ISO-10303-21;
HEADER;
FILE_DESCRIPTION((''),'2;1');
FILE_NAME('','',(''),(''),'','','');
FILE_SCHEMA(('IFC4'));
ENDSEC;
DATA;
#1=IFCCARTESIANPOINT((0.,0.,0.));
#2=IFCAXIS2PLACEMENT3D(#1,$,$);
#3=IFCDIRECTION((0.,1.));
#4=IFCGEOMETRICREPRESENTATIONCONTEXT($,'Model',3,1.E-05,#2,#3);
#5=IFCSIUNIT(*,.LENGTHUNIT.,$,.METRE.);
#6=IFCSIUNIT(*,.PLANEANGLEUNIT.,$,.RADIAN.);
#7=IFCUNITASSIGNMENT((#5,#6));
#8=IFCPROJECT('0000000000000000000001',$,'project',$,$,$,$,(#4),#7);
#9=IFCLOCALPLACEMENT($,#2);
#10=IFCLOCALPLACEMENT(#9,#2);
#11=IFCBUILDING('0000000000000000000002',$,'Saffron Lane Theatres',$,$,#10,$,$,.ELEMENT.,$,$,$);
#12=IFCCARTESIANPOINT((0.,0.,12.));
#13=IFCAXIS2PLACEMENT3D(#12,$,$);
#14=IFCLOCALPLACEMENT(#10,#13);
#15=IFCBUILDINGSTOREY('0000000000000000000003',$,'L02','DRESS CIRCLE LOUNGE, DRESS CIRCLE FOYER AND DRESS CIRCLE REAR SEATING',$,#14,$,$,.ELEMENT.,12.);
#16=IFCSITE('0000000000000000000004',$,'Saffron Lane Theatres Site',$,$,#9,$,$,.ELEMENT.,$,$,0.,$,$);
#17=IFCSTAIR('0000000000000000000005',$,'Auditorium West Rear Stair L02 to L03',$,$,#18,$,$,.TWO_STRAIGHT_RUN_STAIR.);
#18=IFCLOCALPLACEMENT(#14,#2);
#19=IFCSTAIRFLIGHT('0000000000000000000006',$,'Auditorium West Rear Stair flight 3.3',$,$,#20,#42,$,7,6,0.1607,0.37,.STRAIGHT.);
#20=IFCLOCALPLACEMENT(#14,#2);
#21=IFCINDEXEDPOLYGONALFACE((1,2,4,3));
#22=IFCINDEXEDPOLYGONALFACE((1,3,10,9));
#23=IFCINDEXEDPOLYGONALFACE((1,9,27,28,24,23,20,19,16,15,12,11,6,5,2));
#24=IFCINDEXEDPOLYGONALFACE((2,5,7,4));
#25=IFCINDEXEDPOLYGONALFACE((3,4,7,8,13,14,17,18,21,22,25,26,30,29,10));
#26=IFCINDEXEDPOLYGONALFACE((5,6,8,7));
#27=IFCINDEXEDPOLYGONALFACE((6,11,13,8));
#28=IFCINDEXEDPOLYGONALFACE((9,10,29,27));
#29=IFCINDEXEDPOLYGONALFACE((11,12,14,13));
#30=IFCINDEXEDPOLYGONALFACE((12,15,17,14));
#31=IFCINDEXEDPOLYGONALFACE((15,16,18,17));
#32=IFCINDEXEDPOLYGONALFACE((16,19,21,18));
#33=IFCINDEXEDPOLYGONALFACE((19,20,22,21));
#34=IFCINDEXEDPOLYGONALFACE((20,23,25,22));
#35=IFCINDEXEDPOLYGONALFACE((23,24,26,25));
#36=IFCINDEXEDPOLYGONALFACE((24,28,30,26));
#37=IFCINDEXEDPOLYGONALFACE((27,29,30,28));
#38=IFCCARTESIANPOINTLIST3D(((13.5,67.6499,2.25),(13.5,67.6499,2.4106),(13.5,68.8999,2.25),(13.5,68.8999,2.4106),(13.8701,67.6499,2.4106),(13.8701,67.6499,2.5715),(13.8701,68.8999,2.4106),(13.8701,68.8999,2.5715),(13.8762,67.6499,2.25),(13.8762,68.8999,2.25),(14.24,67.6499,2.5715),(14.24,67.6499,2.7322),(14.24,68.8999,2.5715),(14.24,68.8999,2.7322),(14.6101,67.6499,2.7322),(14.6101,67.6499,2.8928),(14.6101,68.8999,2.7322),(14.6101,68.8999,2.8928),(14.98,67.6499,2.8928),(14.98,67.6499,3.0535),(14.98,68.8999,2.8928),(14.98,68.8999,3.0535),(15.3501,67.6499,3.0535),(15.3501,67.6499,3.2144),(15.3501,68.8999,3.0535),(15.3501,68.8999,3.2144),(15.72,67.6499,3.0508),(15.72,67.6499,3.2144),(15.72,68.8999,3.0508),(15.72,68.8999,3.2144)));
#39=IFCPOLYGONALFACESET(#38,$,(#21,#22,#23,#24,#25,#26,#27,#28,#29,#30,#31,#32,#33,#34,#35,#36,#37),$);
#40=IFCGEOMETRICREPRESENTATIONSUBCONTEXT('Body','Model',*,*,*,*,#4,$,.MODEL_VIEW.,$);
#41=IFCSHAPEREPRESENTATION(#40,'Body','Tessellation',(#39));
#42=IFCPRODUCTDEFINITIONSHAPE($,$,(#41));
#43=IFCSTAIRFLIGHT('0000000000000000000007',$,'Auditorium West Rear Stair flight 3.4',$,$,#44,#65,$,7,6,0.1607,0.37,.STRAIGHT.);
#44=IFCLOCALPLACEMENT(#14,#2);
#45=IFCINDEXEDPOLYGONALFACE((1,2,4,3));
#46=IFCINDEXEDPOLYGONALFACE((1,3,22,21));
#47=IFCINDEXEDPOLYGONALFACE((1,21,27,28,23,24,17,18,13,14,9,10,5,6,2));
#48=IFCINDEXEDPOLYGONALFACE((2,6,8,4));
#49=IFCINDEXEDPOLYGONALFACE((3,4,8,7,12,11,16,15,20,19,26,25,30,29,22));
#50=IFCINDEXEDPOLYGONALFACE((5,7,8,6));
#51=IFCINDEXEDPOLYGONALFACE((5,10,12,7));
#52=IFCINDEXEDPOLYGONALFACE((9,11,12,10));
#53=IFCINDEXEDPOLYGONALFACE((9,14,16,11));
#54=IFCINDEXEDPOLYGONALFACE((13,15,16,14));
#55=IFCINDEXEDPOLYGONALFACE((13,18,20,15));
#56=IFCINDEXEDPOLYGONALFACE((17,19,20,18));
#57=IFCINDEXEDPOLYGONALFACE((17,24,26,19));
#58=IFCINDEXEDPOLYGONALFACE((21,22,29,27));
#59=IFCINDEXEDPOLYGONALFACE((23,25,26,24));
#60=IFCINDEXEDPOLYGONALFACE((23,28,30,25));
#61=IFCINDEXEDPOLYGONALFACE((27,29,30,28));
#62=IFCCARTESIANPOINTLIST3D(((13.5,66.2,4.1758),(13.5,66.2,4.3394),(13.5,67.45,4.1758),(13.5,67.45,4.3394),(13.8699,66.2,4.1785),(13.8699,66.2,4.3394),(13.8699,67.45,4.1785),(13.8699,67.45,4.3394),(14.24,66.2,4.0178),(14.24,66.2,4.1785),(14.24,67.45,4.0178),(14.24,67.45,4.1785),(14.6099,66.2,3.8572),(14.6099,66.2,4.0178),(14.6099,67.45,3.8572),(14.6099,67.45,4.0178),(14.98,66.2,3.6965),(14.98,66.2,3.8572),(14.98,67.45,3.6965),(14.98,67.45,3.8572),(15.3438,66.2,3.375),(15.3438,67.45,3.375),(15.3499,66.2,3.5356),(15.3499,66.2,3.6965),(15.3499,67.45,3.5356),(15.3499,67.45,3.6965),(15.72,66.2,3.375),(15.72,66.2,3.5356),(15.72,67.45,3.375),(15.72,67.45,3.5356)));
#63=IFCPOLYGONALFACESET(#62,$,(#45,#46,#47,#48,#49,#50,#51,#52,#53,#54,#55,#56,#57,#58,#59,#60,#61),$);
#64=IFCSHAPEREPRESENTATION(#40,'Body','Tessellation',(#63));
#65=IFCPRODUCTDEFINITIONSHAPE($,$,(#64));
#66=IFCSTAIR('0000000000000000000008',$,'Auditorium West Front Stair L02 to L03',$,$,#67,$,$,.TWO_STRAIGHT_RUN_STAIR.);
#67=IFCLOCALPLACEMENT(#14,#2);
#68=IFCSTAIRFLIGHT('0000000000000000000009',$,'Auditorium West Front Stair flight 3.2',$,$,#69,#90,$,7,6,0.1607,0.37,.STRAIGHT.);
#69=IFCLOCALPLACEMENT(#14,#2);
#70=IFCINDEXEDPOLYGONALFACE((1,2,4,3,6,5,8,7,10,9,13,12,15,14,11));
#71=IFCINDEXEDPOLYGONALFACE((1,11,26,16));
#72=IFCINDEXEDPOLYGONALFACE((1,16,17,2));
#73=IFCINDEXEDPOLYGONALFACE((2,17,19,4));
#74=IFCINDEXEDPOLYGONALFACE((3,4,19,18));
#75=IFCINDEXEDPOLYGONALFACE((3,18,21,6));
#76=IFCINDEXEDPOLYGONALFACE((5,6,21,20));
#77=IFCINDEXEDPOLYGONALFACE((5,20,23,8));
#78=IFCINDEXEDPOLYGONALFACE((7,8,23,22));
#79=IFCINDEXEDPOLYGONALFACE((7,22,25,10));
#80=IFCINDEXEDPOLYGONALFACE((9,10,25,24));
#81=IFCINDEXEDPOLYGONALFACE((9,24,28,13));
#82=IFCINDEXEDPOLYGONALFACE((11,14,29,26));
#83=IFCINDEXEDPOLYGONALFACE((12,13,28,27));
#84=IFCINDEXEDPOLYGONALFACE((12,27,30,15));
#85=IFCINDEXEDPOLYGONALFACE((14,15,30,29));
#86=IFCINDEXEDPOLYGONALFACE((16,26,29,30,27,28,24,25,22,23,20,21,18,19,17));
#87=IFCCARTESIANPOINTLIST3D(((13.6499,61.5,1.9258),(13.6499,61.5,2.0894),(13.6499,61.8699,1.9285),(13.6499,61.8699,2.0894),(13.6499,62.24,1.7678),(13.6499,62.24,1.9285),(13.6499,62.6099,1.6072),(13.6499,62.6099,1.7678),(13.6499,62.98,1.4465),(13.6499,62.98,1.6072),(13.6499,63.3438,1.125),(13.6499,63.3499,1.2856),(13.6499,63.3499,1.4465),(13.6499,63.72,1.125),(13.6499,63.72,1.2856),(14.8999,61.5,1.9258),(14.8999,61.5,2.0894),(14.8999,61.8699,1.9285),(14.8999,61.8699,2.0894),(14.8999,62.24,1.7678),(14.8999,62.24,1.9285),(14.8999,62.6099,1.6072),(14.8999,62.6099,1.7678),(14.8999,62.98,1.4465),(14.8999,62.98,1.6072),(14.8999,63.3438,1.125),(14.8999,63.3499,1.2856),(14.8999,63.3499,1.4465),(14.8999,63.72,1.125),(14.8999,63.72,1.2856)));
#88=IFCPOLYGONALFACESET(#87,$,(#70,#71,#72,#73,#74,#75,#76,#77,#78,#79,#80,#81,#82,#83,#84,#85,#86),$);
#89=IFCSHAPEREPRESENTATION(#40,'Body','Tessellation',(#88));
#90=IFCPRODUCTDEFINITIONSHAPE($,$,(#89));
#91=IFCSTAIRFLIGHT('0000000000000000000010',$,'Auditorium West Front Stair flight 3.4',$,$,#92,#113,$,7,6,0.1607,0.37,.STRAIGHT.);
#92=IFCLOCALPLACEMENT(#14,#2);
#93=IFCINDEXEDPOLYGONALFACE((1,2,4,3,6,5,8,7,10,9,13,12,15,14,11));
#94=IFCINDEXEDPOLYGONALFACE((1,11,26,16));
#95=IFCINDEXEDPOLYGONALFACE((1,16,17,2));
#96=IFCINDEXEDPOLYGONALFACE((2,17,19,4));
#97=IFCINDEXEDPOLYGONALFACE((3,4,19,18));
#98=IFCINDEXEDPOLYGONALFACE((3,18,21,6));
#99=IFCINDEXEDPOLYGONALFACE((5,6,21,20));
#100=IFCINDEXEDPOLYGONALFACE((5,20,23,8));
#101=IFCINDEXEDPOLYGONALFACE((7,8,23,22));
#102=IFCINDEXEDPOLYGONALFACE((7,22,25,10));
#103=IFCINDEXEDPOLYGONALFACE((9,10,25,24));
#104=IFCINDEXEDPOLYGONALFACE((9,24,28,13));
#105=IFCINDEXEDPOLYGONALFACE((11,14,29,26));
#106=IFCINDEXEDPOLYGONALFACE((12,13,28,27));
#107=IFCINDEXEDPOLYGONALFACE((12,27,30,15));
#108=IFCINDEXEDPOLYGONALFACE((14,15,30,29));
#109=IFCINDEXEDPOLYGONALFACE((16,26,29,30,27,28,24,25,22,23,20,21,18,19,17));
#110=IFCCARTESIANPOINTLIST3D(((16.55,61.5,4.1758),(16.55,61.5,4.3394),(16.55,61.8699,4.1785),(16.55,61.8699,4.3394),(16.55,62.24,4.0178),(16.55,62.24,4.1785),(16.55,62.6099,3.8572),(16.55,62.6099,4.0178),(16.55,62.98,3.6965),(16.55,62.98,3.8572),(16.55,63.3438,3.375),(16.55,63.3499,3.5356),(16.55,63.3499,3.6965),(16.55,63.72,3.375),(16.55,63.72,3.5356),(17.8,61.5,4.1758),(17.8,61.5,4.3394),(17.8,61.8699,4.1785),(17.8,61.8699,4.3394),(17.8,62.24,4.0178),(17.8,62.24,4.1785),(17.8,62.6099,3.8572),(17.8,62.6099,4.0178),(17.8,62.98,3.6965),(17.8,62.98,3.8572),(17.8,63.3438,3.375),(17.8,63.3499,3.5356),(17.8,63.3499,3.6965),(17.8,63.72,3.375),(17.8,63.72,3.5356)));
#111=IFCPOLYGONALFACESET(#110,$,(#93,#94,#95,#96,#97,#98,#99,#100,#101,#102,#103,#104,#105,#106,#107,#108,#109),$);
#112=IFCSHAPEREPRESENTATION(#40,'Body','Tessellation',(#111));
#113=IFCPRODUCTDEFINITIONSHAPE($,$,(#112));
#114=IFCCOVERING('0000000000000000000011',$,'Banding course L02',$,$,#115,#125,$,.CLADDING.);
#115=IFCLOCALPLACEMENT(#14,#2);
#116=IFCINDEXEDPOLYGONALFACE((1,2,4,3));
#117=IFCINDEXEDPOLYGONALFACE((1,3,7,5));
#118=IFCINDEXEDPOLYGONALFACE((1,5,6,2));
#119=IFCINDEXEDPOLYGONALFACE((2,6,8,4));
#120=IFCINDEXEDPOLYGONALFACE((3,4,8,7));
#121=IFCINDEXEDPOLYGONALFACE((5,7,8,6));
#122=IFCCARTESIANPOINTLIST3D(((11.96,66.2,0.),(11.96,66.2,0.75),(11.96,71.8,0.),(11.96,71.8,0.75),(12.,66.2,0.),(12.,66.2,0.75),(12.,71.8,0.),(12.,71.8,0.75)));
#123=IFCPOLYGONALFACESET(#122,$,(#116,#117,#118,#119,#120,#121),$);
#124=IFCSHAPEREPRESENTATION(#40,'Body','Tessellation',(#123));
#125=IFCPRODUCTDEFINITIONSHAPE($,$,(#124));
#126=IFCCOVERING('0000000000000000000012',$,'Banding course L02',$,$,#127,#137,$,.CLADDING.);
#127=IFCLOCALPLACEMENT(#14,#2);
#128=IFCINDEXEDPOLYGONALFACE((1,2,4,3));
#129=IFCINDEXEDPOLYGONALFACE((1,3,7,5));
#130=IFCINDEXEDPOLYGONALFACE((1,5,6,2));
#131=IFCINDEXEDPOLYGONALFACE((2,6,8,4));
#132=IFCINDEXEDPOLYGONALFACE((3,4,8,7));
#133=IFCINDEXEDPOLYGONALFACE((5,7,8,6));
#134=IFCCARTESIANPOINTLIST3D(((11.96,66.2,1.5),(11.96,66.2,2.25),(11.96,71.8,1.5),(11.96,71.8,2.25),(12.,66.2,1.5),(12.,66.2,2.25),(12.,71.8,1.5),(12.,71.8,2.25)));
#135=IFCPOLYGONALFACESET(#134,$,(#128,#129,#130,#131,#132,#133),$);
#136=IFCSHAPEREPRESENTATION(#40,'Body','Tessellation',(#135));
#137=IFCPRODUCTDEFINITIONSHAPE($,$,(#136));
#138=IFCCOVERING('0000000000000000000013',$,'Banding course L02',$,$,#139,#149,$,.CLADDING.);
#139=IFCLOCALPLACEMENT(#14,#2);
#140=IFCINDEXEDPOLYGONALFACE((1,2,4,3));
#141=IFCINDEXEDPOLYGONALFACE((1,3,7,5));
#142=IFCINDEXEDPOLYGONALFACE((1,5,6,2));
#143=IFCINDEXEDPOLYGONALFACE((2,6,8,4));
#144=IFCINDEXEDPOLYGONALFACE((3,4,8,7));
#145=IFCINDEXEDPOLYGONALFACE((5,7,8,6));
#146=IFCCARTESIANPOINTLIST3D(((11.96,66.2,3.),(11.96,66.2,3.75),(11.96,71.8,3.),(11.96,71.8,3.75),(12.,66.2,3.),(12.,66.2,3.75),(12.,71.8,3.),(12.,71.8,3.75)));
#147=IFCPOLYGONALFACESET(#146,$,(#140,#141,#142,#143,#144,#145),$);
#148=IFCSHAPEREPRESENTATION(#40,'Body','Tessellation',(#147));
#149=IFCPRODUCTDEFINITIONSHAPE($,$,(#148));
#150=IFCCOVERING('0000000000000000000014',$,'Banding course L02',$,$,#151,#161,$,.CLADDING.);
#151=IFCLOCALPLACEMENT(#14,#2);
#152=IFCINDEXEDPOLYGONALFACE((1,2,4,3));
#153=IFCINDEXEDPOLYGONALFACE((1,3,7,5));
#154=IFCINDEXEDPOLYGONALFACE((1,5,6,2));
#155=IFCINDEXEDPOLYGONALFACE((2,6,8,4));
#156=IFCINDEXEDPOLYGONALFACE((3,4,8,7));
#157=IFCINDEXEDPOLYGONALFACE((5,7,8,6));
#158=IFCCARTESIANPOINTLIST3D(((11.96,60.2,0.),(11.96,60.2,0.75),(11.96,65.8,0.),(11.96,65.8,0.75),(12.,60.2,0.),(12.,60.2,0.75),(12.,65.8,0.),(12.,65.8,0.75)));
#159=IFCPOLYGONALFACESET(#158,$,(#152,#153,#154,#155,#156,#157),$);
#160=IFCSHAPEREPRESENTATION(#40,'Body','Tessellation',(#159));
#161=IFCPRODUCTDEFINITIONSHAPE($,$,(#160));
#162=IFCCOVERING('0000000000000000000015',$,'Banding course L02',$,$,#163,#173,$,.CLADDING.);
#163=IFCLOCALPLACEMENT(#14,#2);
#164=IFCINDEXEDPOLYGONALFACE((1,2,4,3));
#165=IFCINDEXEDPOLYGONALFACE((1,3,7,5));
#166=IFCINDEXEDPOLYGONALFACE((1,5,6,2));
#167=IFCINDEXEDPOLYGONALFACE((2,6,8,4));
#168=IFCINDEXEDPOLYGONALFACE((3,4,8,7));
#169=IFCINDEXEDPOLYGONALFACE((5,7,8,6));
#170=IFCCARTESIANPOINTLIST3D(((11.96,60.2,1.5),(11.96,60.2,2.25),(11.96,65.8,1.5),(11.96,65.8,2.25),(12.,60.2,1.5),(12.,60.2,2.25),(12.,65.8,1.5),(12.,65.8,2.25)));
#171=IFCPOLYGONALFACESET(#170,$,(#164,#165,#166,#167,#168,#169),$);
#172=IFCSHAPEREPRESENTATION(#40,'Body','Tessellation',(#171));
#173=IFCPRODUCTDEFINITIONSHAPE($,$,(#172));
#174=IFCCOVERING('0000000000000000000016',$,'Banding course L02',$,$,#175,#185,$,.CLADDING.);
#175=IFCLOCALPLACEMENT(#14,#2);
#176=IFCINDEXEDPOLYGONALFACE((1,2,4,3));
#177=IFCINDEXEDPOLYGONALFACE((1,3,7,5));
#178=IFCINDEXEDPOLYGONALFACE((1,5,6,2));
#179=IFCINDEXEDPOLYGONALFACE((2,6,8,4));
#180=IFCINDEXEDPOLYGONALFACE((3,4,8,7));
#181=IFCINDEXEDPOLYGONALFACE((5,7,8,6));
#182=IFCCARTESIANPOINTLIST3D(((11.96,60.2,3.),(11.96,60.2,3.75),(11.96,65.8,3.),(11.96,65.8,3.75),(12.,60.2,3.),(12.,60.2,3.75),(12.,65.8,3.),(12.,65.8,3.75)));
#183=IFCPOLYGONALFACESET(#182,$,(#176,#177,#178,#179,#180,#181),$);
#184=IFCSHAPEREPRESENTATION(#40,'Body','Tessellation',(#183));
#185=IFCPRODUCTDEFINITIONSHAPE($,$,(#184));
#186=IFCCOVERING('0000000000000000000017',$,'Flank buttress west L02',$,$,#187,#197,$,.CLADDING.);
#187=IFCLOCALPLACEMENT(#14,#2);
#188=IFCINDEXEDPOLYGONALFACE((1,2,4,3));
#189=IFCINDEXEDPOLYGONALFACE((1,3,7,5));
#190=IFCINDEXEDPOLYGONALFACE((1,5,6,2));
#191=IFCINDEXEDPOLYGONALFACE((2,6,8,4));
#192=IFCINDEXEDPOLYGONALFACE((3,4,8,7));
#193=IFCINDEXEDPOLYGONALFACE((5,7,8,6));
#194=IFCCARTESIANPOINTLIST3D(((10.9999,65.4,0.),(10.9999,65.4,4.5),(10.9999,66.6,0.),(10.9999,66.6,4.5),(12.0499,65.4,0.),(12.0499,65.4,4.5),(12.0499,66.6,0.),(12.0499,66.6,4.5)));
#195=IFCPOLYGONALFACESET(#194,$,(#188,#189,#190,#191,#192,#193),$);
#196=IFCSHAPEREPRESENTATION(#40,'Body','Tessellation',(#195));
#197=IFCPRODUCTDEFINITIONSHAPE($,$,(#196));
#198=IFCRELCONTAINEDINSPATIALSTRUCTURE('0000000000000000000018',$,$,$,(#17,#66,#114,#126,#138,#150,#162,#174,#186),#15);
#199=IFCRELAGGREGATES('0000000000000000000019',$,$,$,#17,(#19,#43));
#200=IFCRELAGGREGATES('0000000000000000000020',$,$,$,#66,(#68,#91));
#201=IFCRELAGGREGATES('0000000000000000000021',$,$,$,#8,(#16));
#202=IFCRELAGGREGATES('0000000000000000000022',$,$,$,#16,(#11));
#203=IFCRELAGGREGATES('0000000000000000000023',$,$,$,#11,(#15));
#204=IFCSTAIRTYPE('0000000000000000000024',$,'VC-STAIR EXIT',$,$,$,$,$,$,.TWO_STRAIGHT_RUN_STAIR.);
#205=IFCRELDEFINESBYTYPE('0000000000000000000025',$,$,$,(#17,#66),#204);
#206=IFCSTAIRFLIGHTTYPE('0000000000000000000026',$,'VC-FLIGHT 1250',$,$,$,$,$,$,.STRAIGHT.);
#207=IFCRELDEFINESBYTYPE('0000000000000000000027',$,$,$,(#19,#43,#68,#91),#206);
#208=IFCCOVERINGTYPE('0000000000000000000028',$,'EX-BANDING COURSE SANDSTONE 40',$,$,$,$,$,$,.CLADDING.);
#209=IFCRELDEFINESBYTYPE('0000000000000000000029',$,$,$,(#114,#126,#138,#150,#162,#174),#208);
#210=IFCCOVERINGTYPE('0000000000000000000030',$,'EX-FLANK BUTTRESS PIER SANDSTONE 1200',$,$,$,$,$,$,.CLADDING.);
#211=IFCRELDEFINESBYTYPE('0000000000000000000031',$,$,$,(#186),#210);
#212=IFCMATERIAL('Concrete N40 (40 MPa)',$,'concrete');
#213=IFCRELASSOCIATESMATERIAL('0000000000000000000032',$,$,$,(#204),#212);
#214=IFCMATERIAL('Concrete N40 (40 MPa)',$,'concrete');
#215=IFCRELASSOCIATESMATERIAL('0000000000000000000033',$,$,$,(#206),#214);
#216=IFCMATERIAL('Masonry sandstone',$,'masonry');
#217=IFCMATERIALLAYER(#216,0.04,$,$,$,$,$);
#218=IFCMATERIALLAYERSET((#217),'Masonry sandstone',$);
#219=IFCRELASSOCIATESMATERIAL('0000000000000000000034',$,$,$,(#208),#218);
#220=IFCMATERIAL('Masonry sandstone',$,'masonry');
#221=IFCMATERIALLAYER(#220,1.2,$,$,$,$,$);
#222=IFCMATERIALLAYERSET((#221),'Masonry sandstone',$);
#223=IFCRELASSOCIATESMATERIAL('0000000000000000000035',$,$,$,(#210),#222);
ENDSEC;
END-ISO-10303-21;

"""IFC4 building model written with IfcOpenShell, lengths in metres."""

from ifc_helpers import new_model, si_unit, direction, frame, origin, origin_2d, place, context, subcontext, project, spatial, polyline, rectangle, outline, extrude, material, layer, layer_set, type_object, element, aggregate, save


model = new_model("IFC4")

# Units and contexts
model_context = context("Model", 3, precision=1e-05, world=origin(), true_north=direction((0.0, 1.0)))
body_context = subcontext(model_context, "Body", "Model", "MODEL_VIEW")
ifc_project = project(units=[si_unit("LENGTHUNIT", "METRE"), si_unit("PLANEANGLEUNIT", "RADIAN")], contexts=[model_context])

# Site, building, storey
site_placement = place(None, origin())
site = spatial("IfcSite", under=ifc_project, at=site_placement, Name="Saffron Lane Theatres Site", CompositionType="ELEMENT", RefElevation=0.0)
building_placement = place(site_placement, origin())
building = spatial("IfcBuilding", under=site, at=building_placement, Name="Saffron Lane Theatres", CompositionType="ELEMENT")
storey_placement = place(building_placement, frame((0.0, 0.0, 12.0)))
storey = spatial("IfcBuildingStorey", under=building, at=storey_placement, Name="L02", Description="DRESS CIRCLE LOUNGE, DRESS CIRCLE FOYER AND DRESS CIRCLE REAR SEATING", CompositionType="ELEMENT", Elevation=12.0)

# Stairs, stair flights
ifc_material_1 = material(Name="Concrete N40 (40 MPa)", Category="concrete")
stair_type = type_object("IfcStairType", Name="VC-STAIR EXIT", PredefinedType="TWO_STRAIGHT_RUN_STAIR", material=ifc_material_1)
stair_1_placement = place(storey_placement, origin())
stair_1 = element("IfcStair", 1, at=stair_1_placement, inside=storey, type_object=stair_type, Name="Auditorium West Rear Stair L02 to L03", PredefinedType="TWO_STRAIGHT_RUN_STAIR")
ifc_material_2 = material(Name="Concrete N40 (40 MPa)", Category="concrete")
stair_flight_type = type_object("IfcStairFlightType", Name="VC-FLIGHT 1250", PredefinedType="STRAIGHT", material=ifc_material_2)
stair_flight_1_placement = place(storey_placement, frame((13.5, 68.2749, 2.25), z_axis=(0.0, 0.0, 1.0), x_axis=(1.0, 0.0, 0.0)))
stair_flight_1 = element("IfcStairFlight", 2, at=stair_flight_1_placement, type_object=stair_flight_type, Name="Auditorium West Rear Stair flight 3.3", NumberOfRisers=7, NumberOfTreads=6, PredefinedType="STRAIGHT", RiserHeight=0.1607, TreadLength=0.37, context=body_context, shape_type="SweptSolid", body=[
    extrude(outline(polyline([(0.0, 0.0), (0.0, 0.1606), (0.3701, 0.1606), (0.3701, 0.3215), (0.74, 0.3215), (0.74, 0.4822), (1.1101, 0.4822), (1.1101, 0.6428), (1.48, 0.6428), (1.48, 0.8035), (1.8501, 0.8035), (1.8501, 0.9644), (2.22, 0.9644), (2.22, 1.125), (2.22, 0.8008), (0.3762, 0.0), (0.0, 0.0)])), frame((0.0, 0.625, 0.0), z_axis=(0.0, -1.0, 0.0), x_axis=(1.0, 0.0, 0.0)), (0.0, 0.0, 1.0), 1.25),
])
stair_flight_2_placement = place(storey_placement, frame((15.72, 66.825, 3.375), z_axis=(0.0, 0.0, 1.0), x_axis=(-1.0, 0.0, 0.0)))
stair_flight_2 = element("IfcStairFlight", 3, at=stair_flight_2_placement, type_object=stair_flight_type, Name="Auditorium West Rear Stair flight 3.4", NumberOfRisers=7, NumberOfTreads=6, PredefinedType="STRAIGHT", RiserHeight=0.1607, TreadLength=0.37, context=body_context, shape_type="SweptSolid", body=[
    extrude(outline(polyline([(0.0, 0.0), (0.0, 0.1606), (0.3701, 0.1606), (0.3701, 0.3215), (0.74, 0.3215), (0.74, 0.4822), (1.1101, 0.4822), (1.1101, 0.6428), (1.48, 0.6428), (1.48, 0.8035), (1.8501, 0.8035), (1.8501, 0.9644), (2.22, 0.9644), (2.22, 1.125), (2.22, 0.8008), (0.3762, 0.0), (0.0, 0.0)])), frame((0.0, 0.625, 0.0), z_axis=(0.0, -1.0, 0.0), x_axis=(1.0, 0.0, 0.0)), (0.0, 0.0, 1.0), 1.25),
])
aggregate(stair_1, [stair_flight_1, stair_flight_2])
stair_2_placement = place(storey_placement, origin())
stair_2 = element("IfcStair", 4, at=stair_2_placement, inside=storey, type_object=stair_type, Name="Auditorium West Front Stair L02 to L03", PredefinedType="TWO_STRAIGHT_RUN_STAIR")
stair_flight_3_placement = place(storey_placement, frame((14.2749, 63.72, 1.125), z_axis=(0.0, 0.0, 1.0), x_axis=(0.0, -1.0, 0.0)))
stair_flight_3 = element("IfcStairFlight", 5, at=stair_flight_3_placement, type_object=stair_flight_type, Name="Auditorium West Front Stair flight 3.2", NumberOfRisers=7, NumberOfTreads=6, PredefinedType="STRAIGHT", RiserHeight=0.1607, TreadLength=0.37, context=body_context, shape_type="SweptSolid", body=[
    extrude(outline(polyline([(0.0, 0.0), (0.0, 0.1606), (0.3701, 0.1606), (0.3701, 0.3215), (0.74, 0.3215), (0.74, 0.4822), (1.1101, 0.4822), (1.1101, 0.6428), (1.48, 0.6428), (1.48, 0.8035), (1.8501, 0.8035), (1.8501, 0.9644), (2.22, 0.9644), (2.22, 1.125), (2.22, 0.8008), (0.3762, 0.0), (0.0, 0.0)])), frame((0.0, 0.625, 0.0), z_axis=(0.0, -1.0, 0.0), x_axis=(1.0, 0.0, 0.0)), (0.0, 0.0, 1.0), 1.25),
])
stair_flight_4_placement = place(storey_placement, frame((17.175, 63.72, 3.375), z_axis=(0.0, 0.0, 1.0), x_axis=(0.0, -1.0, 0.0)))
stair_flight_4 = element("IfcStairFlight", 6, at=stair_flight_4_placement, type_object=stair_flight_type, Name="Auditorium West Front Stair flight 3.4", NumberOfRisers=7, NumberOfTreads=6, PredefinedType="STRAIGHT", RiserHeight=0.1607, TreadLength=0.37, context=body_context, shape_type="SweptSolid", body=[
    extrude(outline(polyline([(0.0, 0.0), (0.0, 0.1606), (0.3701, 0.1606), (0.3701, 0.3215), (0.74, 0.3215), (0.74, 0.4822), (1.1101, 0.4822), (1.1101, 0.6428), (1.48, 0.6428), (1.48, 0.8035), (1.8501, 0.8035), (1.8501, 0.9644), (2.22, 0.9644), (2.22, 1.125), (2.22, 0.8008), (0.3762, 0.0), (0.0, 0.0)])), frame((0.0, 0.625, 0.0), z_axis=(0.0, -1.0, 0.0), x_axis=(1.0, 0.0, 0.0)), (0.0, 0.0, 1.0), 1.25),
])
aggregate(stair_2, [stair_flight_3, stair_flight_4])

# Coverings
ifc_material_3 = material(Name="Masonry sandstone", Category="masonry")
ifc_layer_1 = layer(ifc_material_3, 0.04)
ifc_layer_set_1 = layer_set([ifc_layer_1], Name="Masonry sandstone")
covering_type_1 = type_object("IfcCoveringType", Name="EX-BANDING COURSE SANDSTONE 40", PredefinedType="CLADDING", material=ifc_layer_set_1)
for number, where, z_axis, x_axis, name in (
    (7, (11.98, 69.0, 0.0), (0.0, 0.0, 1.0), (0.0, 1.0, 0.0), "Banding course L02"),
    (8, (11.98, 69.0, 1.5), (0.0, 0.0, 1.0), (0.0, 1.0, 0.0), "Banding course L02"),
    (9, (11.98, 69.0, 3.0), (0.0, 0.0, 1.0), (0.0, 1.0, 0.0), "Banding course L02"),
    (10, (11.98, 63.0, 0.0), (0.0, 0.0, 1.0), (0.0, 1.0, 0.0), "Banding course L02"),
    (11, (11.98, 63.0, 1.5), (0.0, 0.0, 1.0), (0.0, 1.0, 0.0), "Banding course L02"),
    (12, (11.98, 63.0, 3.0), (0.0, 0.0, 1.0), (0.0, 1.0, 0.0), "Banding course L02"),
):
    element("IfcCovering", number, at=place(storey_placement, frame(where, z_axis=z_axis, x_axis=x_axis)), inside=storey, type_object=covering_type_1, Name=name, PredefinedType="CLADDING", context=body_context, shape_type="SweptSolid", body=[
        extrude(rectangle(XDim=5.6001, YDim=0.04, at=origin_2d()), origin(), (0.0, 0.0, 1.0), 0.75),
    ])
ifc_material_4 = material(Name="Masonry sandstone", Category="masonry")
ifc_layer_2 = layer(ifc_material_4, 1.2)
ifc_layer_set_2 = layer_set([ifc_layer_2], Name="Masonry sandstone")
covering_type_2 = type_object("IfcCoveringType", Name="EX-FLANK BUTTRESS PIER SANDSTONE 1200", PredefinedType="CLADDING", material=ifc_layer_set_2)
covering_placement = place(storey_placement, frame((11.5249, 66.0, 0.0), z_axis=(0.0, 0.0, 1.0), x_axis=(0.0, 1.0, 0.0)))
element("IfcCovering", 13, at=covering_placement, inside=storey, type_object=covering_type_2, Name="Flank buttress west L02", PredefinedType="CLADDING", context=body_context, shape_type="SweptSolid", body=[
    extrude(rectangle(XDim=1.2, YDim=1.05, at=origin_2d()), origin(), (0.0, 0.0, 1.0), 4.5),
])

save(model, "model.ifc")
